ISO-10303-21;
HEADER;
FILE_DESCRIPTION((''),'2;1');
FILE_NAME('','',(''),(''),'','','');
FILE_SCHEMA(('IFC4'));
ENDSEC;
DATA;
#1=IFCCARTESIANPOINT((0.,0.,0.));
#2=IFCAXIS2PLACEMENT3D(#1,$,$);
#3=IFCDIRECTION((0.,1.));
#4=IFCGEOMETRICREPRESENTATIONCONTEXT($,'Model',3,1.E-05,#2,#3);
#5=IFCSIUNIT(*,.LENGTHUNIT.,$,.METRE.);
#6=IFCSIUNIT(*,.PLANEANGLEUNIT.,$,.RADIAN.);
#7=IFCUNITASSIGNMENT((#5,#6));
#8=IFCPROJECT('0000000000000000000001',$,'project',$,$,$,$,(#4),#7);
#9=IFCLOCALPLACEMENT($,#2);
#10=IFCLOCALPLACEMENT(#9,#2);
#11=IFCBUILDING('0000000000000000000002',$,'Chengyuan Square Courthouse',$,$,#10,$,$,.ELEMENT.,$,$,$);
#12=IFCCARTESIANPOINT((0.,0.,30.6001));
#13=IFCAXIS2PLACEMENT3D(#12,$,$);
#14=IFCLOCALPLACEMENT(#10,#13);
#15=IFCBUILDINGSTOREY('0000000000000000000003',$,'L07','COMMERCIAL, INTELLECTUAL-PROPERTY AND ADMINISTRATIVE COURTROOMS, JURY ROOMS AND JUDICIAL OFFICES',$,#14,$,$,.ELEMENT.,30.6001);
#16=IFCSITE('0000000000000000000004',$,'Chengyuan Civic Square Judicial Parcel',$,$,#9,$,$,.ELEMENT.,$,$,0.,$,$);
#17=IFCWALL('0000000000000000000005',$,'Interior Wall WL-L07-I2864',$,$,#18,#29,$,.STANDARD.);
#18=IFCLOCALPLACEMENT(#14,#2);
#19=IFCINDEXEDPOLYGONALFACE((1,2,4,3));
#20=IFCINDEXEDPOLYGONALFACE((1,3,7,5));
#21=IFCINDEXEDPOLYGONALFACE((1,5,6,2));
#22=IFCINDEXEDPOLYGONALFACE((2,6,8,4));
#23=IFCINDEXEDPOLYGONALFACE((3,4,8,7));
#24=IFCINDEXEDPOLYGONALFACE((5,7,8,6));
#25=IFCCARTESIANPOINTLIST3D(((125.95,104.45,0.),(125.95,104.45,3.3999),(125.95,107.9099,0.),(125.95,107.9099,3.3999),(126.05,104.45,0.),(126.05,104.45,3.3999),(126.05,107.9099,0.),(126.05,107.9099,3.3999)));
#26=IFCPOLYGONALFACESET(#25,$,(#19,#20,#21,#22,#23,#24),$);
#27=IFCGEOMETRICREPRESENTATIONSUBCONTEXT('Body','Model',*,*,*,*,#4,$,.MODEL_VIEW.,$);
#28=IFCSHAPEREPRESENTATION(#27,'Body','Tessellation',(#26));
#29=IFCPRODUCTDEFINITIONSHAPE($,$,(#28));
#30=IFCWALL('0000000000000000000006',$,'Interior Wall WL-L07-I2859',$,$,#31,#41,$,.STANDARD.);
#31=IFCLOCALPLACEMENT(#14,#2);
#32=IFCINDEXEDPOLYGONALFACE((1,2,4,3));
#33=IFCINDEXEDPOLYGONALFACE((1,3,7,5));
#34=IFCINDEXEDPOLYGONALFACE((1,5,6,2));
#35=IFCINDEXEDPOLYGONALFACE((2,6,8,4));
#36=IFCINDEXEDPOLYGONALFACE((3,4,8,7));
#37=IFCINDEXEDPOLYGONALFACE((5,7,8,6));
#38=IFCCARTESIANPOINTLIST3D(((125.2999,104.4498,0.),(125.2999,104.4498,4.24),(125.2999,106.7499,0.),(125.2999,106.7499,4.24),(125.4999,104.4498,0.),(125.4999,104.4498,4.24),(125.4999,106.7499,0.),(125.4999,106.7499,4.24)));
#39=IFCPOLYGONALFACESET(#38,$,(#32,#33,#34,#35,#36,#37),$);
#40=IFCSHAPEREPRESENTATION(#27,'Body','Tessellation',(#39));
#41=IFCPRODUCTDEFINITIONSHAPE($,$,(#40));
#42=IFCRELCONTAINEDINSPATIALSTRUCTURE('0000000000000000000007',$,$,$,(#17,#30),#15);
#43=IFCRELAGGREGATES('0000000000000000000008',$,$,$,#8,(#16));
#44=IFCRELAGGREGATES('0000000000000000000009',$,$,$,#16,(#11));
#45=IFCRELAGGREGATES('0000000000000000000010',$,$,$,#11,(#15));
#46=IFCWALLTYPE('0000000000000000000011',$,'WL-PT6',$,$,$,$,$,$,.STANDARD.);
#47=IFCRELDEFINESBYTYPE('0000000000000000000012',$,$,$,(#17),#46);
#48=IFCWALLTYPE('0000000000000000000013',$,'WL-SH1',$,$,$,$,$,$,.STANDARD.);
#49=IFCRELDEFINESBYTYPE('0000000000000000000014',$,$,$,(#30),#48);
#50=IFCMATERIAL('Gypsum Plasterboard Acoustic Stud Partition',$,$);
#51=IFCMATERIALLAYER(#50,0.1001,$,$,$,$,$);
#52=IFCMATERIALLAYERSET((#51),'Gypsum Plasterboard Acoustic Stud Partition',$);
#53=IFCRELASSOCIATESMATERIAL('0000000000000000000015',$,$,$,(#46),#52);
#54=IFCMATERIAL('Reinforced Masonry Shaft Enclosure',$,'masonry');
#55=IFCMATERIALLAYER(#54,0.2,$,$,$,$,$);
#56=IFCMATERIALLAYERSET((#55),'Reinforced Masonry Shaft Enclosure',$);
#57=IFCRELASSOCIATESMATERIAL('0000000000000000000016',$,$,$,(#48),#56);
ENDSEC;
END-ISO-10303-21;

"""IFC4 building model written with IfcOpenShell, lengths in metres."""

from ifc_helpers import new_model, si_unit, direction, frame, frame_2d, origin, place, context, subcontext, project, spatial, rectangle, extrude, material, layer, layer_set, type_object, element, save


model = new_model("IFC4")

# Units and contexts
model_context = context("Model", 3, precision=1e-05, world=origin(), true_north=direction((0.0, 1.0)))
body_context = subcontext(model_context, "Body", "Model", "MODEL_VIEW")
ifc_project = project(units=[si_unit("LENGTHUNIT", "METRE"), si_unit("PLANEANGLEUNIT", "RADIAN")], contexts=[model_context])

# Site, building, storey
site_placement = place(None, origin())
site = spatial("IfcSite", under=ifc_project, at=site_placement, Name="Chengyuan Civic Square Judicial Parcel", CompositionType="ELEMENT", RefElevation=0.0)
building_placement = place(site_placement, origin())
building = spatial("IfcBuilding", under=site, at=building_placement, Name="Chengyuan Square Courthouse", CompositionType="ELEMENT")
storey_placement = place(building_placement, frame((0.0, 0.0, 30.6001)))
storey = spatial("IfcBuildingStorey", under=building, at=storey_placement, Name="L07", Description="COMMERCIAL, INTELLECTUAL-PROPERTY AND ADMINISTRATIVE COURTROOMS, JURY ROOMS AND JUDICIAL OFFICES", CompositionType="ELEMENT", Elevation=30.6001)

# Shared definitions
ifc_material_1 = material(Name="Gypsum Plasterboard Acoustic Stud Partition")
ifc_layer_1 = layer(ifc_material_1, 0.1001)
ifc_layer_set_1 = layer_set([ifc_layer_1], Name="Gypsum Plasterboard Acoustic Stud Partition")
wall_type_1 = type_object("IfcWallType", Name="WL-PT6", PredefinedType="STANDARD", material=ifc_layer_set_1)

# Walls
wall_1_placement = place(storey_placement, frame((126.0, 104.45, 0.0), z_axis=(0.0, 0.0, 1.0), x_axis=(0.0, 1.0, 0.0)))
element("IfcWall", 1, at=wall_1_placement, inside=storey, type_object=wall_type_1, Name="Interior Wall WL-L07-I2864", PredefinedType="STANDARD", context=body_context, shape_type="SweptSolid", body=[
    extrude(rectangle(XDim=3.46, YDim=0.1001, at=frame_2d((1.73, 0.0))), origin(), (0.0, 0.0, 1.0), 3.3999),
])
ifc_material_2 = material(Name="Reinforced Masonry Shaft Enclosure", Category="masonry")
ifc_layer_2 = layer(ifc_material_2, 0.2)
ifc_layer_set_2 = layer_set([ifc_layer_2], Name="Reinforced Masonry Shaft Enclosure")
wall_type_2 = type_object("IfcWallType", Name="WL-SH1", PredefinedType="STANDARD", material=ifc_layer_set_2)
wall_2_placement = place(storey_placement, frame((125.3999, 104.45, 0.0), z_axis=(0.0, 0.0, 1.0), x_axis=(0.0, 1.0, 0.0)))
element("IfcWall", 2, at=wall_2_placement, inside=storey, type_object=wall_type_2, Name="Interior Wall WL-L07-I2859", PredefinedType="STANDARD", context=body_context, shape_type="SweptSolid", body=[
    extrude(rectangle(XDim=2.3, YDim=0.2, at=frame_2d((1.1499, 0.0))), origin(), (0.0, 0.0, 1.0), 4.24),
])

save(model, "model.ifc")
